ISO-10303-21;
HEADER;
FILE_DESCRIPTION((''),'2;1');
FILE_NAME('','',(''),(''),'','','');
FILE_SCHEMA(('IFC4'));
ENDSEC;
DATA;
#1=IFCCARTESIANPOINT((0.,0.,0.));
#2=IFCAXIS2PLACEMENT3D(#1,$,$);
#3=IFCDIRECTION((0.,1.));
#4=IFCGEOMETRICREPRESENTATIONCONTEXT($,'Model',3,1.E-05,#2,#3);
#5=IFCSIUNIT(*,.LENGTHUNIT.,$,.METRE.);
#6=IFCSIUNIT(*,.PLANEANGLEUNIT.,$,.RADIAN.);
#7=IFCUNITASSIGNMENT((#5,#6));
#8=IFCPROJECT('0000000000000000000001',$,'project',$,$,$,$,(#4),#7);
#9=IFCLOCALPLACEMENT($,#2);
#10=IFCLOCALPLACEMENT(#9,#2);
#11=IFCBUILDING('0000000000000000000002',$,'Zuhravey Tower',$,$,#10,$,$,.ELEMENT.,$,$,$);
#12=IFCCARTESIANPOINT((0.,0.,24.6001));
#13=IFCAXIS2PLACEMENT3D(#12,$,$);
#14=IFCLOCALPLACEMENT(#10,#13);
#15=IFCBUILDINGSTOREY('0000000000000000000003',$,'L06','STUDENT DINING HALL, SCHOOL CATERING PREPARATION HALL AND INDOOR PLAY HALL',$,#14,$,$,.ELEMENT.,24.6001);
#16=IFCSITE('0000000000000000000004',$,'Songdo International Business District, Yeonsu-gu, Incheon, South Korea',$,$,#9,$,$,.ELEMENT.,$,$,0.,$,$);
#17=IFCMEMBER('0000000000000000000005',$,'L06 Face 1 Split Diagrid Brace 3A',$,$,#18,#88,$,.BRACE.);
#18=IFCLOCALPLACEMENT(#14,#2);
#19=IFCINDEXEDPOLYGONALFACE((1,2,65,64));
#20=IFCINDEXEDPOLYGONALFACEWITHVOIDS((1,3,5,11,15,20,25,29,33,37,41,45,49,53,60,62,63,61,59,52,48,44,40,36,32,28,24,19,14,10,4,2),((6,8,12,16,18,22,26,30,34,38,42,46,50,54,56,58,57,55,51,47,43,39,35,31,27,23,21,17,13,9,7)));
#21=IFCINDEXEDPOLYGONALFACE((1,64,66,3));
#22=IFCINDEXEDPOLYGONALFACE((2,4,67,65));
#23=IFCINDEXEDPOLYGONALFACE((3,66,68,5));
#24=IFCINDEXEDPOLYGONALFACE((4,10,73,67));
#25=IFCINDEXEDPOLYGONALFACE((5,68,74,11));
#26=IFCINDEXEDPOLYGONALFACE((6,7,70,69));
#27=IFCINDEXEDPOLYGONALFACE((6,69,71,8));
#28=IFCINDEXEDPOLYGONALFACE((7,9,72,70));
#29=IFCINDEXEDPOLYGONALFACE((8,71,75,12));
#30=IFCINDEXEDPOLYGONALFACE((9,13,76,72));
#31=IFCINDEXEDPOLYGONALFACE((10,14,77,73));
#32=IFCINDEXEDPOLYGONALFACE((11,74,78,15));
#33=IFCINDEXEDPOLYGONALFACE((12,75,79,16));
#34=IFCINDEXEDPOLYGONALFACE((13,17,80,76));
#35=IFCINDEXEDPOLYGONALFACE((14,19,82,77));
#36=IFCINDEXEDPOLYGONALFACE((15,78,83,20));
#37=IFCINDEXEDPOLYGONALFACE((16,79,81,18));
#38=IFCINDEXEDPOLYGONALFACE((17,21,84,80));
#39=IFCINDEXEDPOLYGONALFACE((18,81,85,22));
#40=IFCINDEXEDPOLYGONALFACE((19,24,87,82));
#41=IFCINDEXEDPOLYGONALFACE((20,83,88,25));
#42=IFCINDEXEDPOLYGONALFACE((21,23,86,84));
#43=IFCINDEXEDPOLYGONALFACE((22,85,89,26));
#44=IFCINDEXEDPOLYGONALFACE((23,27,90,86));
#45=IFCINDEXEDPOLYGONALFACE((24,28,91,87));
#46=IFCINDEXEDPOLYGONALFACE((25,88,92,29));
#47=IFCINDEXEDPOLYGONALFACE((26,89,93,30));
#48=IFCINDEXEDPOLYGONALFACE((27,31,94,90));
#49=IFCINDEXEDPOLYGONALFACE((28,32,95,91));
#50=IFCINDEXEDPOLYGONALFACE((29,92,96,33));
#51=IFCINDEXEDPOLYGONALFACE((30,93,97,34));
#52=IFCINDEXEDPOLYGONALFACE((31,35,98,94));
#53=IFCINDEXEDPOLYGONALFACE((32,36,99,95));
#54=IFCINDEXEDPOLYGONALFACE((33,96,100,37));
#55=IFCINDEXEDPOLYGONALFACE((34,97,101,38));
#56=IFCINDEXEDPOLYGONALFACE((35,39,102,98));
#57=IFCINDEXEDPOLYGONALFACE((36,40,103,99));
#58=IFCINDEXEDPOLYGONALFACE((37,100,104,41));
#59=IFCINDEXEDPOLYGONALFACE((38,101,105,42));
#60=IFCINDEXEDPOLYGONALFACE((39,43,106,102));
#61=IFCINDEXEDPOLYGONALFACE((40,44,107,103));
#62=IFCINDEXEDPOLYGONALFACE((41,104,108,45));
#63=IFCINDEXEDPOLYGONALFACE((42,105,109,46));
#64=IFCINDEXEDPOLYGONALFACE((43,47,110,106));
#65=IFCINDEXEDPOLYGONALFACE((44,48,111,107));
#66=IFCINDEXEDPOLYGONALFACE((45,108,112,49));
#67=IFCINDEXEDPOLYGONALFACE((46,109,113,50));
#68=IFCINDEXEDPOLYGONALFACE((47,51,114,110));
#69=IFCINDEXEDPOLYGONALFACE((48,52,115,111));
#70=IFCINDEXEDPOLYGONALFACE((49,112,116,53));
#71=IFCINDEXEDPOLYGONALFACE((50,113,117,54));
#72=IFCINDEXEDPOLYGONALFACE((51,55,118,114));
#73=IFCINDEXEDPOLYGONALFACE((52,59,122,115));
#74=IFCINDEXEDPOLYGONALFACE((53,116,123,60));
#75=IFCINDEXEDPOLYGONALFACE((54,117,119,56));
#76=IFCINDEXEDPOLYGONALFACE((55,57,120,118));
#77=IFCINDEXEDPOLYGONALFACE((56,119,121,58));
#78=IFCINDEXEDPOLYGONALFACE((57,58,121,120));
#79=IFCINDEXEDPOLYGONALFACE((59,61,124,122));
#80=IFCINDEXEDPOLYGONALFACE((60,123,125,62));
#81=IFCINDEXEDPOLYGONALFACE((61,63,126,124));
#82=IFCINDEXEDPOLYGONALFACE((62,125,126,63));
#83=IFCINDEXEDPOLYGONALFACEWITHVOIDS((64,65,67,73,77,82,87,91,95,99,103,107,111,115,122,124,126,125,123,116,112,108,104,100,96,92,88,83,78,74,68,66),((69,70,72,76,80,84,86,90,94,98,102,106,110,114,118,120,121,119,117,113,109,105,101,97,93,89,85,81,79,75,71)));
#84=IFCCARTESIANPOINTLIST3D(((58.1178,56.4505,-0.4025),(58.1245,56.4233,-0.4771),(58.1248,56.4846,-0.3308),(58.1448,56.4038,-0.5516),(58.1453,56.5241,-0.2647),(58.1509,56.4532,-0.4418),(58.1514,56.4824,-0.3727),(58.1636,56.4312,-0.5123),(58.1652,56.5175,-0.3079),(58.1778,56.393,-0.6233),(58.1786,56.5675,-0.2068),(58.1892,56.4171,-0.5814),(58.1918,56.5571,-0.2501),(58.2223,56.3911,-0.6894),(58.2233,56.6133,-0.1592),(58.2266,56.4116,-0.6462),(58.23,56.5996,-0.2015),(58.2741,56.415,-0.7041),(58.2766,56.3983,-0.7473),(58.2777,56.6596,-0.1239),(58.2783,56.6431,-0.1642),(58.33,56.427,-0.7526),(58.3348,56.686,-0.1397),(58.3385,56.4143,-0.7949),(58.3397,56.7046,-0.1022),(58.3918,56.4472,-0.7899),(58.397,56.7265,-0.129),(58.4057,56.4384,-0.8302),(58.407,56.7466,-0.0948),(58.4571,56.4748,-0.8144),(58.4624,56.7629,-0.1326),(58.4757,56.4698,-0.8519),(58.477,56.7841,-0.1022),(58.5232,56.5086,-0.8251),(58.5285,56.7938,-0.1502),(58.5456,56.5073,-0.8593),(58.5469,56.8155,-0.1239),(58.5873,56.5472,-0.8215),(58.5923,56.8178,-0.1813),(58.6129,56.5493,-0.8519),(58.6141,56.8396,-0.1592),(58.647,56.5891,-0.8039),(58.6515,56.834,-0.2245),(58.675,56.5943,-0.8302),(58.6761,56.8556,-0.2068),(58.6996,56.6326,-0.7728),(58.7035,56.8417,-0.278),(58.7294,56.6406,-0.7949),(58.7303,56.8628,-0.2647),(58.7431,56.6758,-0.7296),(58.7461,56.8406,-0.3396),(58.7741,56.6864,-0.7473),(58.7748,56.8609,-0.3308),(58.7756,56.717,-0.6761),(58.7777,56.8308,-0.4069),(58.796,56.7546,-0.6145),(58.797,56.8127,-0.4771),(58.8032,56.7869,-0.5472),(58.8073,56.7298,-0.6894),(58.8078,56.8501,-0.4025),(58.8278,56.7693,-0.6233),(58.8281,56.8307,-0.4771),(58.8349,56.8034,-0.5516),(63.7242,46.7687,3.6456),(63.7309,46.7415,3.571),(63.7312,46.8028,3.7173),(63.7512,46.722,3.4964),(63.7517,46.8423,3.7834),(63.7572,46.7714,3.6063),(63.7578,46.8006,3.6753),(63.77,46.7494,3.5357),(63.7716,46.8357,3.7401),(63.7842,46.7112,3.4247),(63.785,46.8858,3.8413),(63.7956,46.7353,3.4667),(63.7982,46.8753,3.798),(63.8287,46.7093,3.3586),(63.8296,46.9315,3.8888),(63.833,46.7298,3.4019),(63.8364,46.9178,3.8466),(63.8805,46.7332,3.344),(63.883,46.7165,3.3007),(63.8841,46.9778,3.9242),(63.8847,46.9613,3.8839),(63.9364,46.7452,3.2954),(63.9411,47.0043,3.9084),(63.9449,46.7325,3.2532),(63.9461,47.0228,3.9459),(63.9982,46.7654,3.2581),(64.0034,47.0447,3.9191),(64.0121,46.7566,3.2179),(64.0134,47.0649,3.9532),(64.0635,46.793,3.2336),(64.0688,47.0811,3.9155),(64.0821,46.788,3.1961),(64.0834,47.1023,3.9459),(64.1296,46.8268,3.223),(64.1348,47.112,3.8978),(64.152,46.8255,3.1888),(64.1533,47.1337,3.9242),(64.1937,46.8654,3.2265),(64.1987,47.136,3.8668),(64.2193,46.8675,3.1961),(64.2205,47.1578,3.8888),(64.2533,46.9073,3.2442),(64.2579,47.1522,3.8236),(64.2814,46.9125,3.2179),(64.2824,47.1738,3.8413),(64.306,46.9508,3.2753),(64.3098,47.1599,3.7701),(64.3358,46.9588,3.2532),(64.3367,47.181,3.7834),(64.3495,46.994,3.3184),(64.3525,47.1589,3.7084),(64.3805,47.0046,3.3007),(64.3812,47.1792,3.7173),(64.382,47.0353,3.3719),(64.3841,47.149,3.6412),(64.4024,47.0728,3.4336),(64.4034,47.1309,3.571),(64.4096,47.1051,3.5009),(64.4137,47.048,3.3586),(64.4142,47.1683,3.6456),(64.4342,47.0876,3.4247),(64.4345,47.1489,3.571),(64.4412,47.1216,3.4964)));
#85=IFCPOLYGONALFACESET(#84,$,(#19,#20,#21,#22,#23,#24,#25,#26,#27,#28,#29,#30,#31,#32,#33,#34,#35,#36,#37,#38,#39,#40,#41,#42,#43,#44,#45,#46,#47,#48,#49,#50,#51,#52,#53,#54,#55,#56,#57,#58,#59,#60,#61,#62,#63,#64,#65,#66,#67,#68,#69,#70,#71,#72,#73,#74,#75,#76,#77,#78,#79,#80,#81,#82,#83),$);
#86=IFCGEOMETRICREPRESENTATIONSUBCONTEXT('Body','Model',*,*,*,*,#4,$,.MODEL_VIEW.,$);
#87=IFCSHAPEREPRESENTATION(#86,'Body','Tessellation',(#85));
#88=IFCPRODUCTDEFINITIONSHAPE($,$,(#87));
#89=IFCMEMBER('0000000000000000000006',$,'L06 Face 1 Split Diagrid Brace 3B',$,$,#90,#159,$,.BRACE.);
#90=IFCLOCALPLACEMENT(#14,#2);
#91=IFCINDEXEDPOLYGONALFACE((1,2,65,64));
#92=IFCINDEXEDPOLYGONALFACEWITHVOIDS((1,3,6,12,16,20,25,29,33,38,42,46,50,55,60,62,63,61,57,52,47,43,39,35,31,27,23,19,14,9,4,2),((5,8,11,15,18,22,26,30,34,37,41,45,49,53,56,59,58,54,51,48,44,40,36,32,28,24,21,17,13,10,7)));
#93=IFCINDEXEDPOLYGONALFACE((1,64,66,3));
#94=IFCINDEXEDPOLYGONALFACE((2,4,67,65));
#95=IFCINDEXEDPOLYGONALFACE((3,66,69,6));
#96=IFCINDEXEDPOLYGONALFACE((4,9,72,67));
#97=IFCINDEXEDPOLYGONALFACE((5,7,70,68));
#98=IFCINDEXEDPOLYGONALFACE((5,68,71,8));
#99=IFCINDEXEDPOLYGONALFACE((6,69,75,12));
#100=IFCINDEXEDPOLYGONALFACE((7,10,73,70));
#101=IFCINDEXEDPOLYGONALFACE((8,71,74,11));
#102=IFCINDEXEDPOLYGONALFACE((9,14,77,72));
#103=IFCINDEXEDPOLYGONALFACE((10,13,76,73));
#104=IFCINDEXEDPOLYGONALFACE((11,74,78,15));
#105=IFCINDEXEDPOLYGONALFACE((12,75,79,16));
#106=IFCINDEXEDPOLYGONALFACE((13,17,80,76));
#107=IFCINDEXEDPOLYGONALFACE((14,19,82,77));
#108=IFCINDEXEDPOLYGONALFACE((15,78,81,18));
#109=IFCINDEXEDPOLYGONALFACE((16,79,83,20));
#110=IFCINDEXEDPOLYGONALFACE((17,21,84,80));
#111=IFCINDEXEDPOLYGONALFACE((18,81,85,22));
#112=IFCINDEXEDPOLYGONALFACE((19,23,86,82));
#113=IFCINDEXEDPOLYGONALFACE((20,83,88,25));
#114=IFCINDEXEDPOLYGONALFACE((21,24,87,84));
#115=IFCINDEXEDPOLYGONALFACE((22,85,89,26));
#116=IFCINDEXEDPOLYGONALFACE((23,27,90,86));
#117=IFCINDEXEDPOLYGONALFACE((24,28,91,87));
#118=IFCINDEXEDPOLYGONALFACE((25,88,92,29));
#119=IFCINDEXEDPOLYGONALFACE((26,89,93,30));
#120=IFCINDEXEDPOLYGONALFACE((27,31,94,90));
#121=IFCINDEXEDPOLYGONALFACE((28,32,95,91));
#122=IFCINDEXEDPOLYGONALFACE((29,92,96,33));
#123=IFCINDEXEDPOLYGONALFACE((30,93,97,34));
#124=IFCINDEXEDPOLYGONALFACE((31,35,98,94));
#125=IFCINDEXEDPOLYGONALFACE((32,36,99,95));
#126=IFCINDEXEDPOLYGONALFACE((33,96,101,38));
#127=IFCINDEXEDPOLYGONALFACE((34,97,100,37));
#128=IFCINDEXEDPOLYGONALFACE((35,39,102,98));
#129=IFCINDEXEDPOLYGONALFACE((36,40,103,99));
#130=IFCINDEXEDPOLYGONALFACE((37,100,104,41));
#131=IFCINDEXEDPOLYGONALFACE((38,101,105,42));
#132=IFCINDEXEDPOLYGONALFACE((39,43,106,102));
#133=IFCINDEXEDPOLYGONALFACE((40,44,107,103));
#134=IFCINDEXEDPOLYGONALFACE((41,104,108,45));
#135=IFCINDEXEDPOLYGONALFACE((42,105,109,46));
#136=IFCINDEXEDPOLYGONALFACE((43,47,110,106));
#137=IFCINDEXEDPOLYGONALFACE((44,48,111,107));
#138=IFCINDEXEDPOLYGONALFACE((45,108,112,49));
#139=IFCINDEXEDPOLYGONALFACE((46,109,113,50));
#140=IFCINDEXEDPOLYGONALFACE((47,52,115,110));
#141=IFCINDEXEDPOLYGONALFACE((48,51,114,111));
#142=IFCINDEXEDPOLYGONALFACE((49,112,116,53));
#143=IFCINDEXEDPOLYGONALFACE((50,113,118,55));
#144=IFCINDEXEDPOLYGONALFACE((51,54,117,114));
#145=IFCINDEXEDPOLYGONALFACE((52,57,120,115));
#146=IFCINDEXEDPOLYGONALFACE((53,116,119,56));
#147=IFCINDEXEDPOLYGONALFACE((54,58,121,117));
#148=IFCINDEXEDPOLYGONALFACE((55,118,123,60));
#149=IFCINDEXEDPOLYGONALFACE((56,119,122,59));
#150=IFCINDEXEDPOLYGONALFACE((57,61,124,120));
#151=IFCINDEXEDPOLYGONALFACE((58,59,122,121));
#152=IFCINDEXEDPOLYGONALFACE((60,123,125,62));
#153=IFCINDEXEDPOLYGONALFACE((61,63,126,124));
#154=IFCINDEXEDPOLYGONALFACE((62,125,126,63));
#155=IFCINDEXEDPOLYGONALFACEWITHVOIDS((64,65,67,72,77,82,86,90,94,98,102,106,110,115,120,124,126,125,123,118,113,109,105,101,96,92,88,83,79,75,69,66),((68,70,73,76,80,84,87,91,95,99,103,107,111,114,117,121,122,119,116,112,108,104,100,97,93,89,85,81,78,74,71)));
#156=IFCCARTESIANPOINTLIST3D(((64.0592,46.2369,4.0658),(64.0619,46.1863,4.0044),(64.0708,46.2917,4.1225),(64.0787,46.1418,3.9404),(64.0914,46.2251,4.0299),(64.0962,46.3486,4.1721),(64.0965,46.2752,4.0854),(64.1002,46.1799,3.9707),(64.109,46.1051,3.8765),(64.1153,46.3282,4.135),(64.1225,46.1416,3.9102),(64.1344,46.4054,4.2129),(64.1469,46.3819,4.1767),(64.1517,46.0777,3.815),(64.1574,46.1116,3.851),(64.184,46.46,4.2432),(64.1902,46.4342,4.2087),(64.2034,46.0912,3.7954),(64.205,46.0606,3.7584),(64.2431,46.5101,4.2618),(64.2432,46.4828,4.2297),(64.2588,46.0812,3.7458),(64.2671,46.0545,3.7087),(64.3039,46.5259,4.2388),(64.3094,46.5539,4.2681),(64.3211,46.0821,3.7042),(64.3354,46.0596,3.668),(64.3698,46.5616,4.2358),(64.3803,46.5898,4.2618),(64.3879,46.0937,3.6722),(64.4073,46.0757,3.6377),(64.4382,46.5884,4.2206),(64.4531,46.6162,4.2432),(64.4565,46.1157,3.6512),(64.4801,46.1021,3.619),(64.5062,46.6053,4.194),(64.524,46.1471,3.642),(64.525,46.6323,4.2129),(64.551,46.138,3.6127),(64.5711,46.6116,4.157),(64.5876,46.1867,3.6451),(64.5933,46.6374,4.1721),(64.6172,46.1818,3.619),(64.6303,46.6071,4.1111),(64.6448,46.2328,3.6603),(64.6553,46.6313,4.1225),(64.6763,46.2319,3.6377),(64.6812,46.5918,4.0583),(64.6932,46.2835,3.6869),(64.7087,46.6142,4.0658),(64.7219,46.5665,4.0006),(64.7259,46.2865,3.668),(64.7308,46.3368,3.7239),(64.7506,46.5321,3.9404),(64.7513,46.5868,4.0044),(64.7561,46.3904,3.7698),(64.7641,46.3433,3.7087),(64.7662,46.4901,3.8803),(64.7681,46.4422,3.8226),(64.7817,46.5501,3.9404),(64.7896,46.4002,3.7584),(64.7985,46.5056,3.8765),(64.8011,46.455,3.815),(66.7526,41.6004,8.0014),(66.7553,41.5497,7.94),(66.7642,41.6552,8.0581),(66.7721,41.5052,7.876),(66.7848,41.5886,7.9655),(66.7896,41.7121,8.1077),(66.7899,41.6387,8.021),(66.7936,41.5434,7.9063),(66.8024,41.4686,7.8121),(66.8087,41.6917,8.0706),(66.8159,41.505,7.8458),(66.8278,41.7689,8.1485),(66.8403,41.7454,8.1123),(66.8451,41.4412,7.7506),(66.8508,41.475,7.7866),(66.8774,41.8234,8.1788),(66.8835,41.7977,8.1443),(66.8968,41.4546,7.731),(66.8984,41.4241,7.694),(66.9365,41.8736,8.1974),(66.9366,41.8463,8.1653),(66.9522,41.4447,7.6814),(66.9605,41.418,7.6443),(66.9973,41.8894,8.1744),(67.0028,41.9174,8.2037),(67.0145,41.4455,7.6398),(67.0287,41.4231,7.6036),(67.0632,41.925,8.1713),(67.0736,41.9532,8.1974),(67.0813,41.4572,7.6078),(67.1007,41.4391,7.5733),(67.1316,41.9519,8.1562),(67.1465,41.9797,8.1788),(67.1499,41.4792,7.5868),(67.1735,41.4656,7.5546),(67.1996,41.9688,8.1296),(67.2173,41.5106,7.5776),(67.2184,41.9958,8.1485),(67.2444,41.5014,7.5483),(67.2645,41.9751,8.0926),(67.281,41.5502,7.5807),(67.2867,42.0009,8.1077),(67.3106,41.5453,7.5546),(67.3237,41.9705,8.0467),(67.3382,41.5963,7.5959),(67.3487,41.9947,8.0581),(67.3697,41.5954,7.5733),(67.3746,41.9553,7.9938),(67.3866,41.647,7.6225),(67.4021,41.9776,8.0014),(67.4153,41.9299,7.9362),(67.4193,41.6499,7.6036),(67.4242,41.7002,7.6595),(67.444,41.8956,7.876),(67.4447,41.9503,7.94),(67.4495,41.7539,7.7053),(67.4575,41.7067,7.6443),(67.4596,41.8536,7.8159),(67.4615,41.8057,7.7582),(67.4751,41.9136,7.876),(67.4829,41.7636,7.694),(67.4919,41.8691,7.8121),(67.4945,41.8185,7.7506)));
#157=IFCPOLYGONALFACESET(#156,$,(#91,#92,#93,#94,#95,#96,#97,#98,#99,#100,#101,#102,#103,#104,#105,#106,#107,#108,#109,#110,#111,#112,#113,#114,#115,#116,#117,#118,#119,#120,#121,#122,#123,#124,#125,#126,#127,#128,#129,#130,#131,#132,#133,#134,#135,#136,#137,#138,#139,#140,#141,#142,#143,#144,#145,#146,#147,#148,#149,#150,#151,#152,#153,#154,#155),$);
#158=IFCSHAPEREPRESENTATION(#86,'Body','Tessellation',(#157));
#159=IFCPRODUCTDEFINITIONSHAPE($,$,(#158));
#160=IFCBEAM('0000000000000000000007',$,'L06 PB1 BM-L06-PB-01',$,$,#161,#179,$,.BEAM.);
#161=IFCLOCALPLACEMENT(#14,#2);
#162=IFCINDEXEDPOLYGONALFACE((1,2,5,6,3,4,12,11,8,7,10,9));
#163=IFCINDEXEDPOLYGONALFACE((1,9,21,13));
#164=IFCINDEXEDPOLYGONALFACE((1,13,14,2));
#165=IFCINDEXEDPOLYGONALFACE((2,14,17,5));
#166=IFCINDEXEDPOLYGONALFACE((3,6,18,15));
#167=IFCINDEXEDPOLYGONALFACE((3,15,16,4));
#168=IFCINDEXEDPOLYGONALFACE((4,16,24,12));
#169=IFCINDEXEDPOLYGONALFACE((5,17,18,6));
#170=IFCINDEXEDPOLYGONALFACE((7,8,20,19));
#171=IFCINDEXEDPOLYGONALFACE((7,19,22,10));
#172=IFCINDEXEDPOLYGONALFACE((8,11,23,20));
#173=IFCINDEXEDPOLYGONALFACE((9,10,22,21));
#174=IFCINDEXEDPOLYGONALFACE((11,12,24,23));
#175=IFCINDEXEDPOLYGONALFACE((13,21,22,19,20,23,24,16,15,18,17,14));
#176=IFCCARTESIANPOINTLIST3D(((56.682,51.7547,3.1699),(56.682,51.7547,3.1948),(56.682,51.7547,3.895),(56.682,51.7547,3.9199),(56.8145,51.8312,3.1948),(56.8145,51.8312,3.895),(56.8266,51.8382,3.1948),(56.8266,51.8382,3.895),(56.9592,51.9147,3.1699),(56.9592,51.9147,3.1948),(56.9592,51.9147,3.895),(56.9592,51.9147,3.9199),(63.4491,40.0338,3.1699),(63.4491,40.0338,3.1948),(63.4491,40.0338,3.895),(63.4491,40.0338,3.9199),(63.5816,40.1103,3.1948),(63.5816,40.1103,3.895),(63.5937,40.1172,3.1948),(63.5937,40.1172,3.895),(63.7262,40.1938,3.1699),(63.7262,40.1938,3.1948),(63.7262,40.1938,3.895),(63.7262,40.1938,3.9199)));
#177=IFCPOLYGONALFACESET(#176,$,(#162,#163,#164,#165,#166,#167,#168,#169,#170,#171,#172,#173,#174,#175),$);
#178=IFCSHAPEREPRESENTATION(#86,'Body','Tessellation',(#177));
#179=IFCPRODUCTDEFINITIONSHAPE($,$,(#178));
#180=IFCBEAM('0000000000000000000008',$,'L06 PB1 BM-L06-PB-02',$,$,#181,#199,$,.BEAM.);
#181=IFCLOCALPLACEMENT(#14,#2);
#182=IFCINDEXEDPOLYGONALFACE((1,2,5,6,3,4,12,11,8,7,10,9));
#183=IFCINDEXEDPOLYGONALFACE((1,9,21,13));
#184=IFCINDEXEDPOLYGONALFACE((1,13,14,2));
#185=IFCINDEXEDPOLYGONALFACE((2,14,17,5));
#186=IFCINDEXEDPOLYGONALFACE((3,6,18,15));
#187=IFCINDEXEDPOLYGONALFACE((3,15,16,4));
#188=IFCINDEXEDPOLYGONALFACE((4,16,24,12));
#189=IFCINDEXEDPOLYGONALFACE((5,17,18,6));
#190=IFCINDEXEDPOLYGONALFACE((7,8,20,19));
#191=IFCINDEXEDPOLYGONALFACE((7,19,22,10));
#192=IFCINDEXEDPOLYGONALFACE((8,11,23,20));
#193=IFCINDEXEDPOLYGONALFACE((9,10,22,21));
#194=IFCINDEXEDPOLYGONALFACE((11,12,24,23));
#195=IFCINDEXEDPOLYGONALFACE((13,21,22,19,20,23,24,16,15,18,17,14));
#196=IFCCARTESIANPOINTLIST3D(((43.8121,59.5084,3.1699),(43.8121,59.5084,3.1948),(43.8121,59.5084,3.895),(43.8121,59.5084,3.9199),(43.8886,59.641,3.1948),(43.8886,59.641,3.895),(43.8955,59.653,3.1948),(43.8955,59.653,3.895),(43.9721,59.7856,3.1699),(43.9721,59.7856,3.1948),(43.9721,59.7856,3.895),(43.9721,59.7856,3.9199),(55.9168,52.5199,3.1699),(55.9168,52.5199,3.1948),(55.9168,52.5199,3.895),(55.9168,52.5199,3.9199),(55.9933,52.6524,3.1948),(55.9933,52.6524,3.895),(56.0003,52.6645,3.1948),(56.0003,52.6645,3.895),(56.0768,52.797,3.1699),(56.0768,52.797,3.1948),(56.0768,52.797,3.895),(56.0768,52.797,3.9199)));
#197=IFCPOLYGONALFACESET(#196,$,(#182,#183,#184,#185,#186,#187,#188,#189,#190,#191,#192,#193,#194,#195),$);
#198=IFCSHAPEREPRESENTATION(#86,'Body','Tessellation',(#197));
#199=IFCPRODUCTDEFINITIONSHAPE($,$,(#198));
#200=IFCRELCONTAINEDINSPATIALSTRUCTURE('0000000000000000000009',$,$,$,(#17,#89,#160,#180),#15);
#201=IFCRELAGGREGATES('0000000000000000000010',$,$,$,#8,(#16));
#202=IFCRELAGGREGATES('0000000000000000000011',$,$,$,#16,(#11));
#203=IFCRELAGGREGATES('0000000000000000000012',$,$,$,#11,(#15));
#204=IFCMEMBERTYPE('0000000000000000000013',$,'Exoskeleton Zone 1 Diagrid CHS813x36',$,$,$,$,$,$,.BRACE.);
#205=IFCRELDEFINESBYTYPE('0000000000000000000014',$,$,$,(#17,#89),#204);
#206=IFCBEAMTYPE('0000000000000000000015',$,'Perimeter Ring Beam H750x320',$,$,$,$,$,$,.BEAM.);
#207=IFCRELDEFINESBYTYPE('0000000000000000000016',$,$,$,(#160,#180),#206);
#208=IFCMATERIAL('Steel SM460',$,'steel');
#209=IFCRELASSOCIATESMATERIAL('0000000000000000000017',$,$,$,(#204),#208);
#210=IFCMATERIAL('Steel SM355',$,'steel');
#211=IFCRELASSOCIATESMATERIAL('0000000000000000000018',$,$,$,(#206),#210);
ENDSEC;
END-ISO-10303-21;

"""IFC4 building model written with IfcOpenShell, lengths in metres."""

from ifc_helpers import new_model, si_unit, direction, frame, origin, origin_2d, place, context, subcontext, project, spatial, hollow_circle, i_section, extrude, material, material_profile, profile_set, type_object, element, save


model = new_model("IFC4")

# Units and contexts
model_context = context("Model", 3, precision=1e-05, world=origin(), true_north=direction((0.0, 1.0)))
body_context = subcontext(model_context, "Body", "Model", "MODEL_VIEW")
ifc_project = project(units=[si_unit("LENGTHUNIT", "METRE"), si_unit("PLANEANGLEUNIT", "RADIAN")], contexts=[model_context])

# Site, building, storey
site_placement = place(None, origin())
site = spatial("IfcSite", under=ifc_project, at=site_placement, Name="Songdo International Business District, Yeonsu-gu, Incheon, South Korea", CompositionType="ELEMENT", RefElevation=0.0)
building_placement = place(site_placement, origin())
building = spatial("IfcBuilding", under=site, at=building_placement, Name="Zuhravey Tower", CompositionType="ELEMENT")
storey_placement = place(building_placement, frame((0.0, 0.0, 24.6001)))
storey = spatial("IfcBuildingStorey", under=building, at=storey_placement, Name="L06", Description="STUDENT DINING HALL, SCHOOL CATERING PREPARATION HALL AND INDOOR PLAY HALL", CompositionType="ELEMENT", Elevation=24.6001)

# Members
ifc_material_1 = material(Name="Steel SM355", Category="steel")
ifc_material_2 = material(Name="Steel SM460", Category="steel")
ifc_material_profile_1 = material_profile(ifc_material_2, hollow_circle(Radius=0.4065, WallThickness=0.0359, at=origin_2d()), Name="CHS-812.8x36")
ifc_profile_set_1 = profile_set([ifc_material_profile_1], Name="Steel SM460")
member_type_1 = type_object("IfcMemberType", Name="Exoskeleton Zone 1 Diagrid CHS813x36", PredefinedType="BRACE", material=ifc_profile_set_1)
member_1_placement = place(storey_placement, frame((58.4763, 56.627, -0.4771), z_axis=(0.471216, -0.813753, 0.340238), x_axis=(0.865382, 0.501113, 0.0)))
element("IfcMember", 1, at=member_1_placement, inside=storey, type_object=member_type_1, Name="L06 Face 1 Split Diagrid Brace 3A", PredefinedType="BRACE", context=body_context, shape_type="SweptSolid", body=[
    extrude(hollow_circle(Radius=0.4065, WallThickness=0.0359, at=origin_2d()), origin(), (0.0, 0.0, 1.0), 11.8977),
])
member_2_placement = place(storey_placement, frame((64.4302, 46.3459, 3.9404), z_axis=(0.404938, -0.697079, 0.591697), x_axis=(0.864691, 0.502305, 0.0)))
element("IfcMember", 2, at=member_2_placement, inside=storey, type_object=member_type_1, Name="L06 Face 1 Split Diagrid Brace 3B", PredefinedType="BRACE", context=body_context, shape_type="SweptSolid", body=[
    extrude(hollow_circle(Radius=0.4065, WallThickness=0.0359, at=origin_2d()), origin(), (0.0, 0.0, 1.0), 6.6514),
])

# Beams
ifc_material_profile_2 = material_profile(ifc_material_1, i_section(OverallWidth=0.3201, OverallDepth=0.75, WebThickness=0.0139, FlangeThickness=0.0249, at=origin_2d()), Name="H-750x320x14x25")
ifc_profile_set_2 = profile_set([ifc_material_profile_2], Name="Steel SM355")
beam_type_1 = type_object("IfcBeamType", Name="Perimeter Ring Beam H750x320", PredefinedType="BEAM", material=ifc_profile_set_2)
beam_1_placement = place(storey_placement, frame((63.5876, 40.1138, 3.5449), z_axis=(-0.5, 0.866025, 0.0), x_axis=(-0.866025, -0.5, 0.0)))
element("IfcBeam", 3, at=beam_1_placement, inside=storey, type_object=beam_type_1, Name="L06 PB1 BM-L06-PB-01", PredefinedType="BEAM", context=body_context, shape_type="SweptSolid", body=[
    extrude(i_section(OverallWidth=0.3201, OverallDepth=0.75, WebThickness=0.0139, FlangeThickness=0.0249, at=origin_2d()), origin(), (0.0, 0.0, 1.0), 13.5342),
])
beam_2_placement = place(storey_placement, frame((55.9968, 52.6584, 3.5449), z_axis=(-0.86603, 0.499992, 0.0), x_axis=(-0.499992, -0.86603, 0.0)))
element("IfcBeam", 4, at=beam_2_placement, inside=storey, type_object=beam_type_1, Name="L06 PB1 BM-L06-PB-02", PredefinedType="BEAM", context=body_context, shape_type="SweptSolid", body=[
    extrude(i_section(OverallWidth=0.3201, OverallDepth=0.75, WebThickness=0.0139, FlangeThickness=0.0249, at=origin_2d()), origin(), (0.0, 0.0, 1.0), 13.9773),
])

save(model, "model.ifc")
